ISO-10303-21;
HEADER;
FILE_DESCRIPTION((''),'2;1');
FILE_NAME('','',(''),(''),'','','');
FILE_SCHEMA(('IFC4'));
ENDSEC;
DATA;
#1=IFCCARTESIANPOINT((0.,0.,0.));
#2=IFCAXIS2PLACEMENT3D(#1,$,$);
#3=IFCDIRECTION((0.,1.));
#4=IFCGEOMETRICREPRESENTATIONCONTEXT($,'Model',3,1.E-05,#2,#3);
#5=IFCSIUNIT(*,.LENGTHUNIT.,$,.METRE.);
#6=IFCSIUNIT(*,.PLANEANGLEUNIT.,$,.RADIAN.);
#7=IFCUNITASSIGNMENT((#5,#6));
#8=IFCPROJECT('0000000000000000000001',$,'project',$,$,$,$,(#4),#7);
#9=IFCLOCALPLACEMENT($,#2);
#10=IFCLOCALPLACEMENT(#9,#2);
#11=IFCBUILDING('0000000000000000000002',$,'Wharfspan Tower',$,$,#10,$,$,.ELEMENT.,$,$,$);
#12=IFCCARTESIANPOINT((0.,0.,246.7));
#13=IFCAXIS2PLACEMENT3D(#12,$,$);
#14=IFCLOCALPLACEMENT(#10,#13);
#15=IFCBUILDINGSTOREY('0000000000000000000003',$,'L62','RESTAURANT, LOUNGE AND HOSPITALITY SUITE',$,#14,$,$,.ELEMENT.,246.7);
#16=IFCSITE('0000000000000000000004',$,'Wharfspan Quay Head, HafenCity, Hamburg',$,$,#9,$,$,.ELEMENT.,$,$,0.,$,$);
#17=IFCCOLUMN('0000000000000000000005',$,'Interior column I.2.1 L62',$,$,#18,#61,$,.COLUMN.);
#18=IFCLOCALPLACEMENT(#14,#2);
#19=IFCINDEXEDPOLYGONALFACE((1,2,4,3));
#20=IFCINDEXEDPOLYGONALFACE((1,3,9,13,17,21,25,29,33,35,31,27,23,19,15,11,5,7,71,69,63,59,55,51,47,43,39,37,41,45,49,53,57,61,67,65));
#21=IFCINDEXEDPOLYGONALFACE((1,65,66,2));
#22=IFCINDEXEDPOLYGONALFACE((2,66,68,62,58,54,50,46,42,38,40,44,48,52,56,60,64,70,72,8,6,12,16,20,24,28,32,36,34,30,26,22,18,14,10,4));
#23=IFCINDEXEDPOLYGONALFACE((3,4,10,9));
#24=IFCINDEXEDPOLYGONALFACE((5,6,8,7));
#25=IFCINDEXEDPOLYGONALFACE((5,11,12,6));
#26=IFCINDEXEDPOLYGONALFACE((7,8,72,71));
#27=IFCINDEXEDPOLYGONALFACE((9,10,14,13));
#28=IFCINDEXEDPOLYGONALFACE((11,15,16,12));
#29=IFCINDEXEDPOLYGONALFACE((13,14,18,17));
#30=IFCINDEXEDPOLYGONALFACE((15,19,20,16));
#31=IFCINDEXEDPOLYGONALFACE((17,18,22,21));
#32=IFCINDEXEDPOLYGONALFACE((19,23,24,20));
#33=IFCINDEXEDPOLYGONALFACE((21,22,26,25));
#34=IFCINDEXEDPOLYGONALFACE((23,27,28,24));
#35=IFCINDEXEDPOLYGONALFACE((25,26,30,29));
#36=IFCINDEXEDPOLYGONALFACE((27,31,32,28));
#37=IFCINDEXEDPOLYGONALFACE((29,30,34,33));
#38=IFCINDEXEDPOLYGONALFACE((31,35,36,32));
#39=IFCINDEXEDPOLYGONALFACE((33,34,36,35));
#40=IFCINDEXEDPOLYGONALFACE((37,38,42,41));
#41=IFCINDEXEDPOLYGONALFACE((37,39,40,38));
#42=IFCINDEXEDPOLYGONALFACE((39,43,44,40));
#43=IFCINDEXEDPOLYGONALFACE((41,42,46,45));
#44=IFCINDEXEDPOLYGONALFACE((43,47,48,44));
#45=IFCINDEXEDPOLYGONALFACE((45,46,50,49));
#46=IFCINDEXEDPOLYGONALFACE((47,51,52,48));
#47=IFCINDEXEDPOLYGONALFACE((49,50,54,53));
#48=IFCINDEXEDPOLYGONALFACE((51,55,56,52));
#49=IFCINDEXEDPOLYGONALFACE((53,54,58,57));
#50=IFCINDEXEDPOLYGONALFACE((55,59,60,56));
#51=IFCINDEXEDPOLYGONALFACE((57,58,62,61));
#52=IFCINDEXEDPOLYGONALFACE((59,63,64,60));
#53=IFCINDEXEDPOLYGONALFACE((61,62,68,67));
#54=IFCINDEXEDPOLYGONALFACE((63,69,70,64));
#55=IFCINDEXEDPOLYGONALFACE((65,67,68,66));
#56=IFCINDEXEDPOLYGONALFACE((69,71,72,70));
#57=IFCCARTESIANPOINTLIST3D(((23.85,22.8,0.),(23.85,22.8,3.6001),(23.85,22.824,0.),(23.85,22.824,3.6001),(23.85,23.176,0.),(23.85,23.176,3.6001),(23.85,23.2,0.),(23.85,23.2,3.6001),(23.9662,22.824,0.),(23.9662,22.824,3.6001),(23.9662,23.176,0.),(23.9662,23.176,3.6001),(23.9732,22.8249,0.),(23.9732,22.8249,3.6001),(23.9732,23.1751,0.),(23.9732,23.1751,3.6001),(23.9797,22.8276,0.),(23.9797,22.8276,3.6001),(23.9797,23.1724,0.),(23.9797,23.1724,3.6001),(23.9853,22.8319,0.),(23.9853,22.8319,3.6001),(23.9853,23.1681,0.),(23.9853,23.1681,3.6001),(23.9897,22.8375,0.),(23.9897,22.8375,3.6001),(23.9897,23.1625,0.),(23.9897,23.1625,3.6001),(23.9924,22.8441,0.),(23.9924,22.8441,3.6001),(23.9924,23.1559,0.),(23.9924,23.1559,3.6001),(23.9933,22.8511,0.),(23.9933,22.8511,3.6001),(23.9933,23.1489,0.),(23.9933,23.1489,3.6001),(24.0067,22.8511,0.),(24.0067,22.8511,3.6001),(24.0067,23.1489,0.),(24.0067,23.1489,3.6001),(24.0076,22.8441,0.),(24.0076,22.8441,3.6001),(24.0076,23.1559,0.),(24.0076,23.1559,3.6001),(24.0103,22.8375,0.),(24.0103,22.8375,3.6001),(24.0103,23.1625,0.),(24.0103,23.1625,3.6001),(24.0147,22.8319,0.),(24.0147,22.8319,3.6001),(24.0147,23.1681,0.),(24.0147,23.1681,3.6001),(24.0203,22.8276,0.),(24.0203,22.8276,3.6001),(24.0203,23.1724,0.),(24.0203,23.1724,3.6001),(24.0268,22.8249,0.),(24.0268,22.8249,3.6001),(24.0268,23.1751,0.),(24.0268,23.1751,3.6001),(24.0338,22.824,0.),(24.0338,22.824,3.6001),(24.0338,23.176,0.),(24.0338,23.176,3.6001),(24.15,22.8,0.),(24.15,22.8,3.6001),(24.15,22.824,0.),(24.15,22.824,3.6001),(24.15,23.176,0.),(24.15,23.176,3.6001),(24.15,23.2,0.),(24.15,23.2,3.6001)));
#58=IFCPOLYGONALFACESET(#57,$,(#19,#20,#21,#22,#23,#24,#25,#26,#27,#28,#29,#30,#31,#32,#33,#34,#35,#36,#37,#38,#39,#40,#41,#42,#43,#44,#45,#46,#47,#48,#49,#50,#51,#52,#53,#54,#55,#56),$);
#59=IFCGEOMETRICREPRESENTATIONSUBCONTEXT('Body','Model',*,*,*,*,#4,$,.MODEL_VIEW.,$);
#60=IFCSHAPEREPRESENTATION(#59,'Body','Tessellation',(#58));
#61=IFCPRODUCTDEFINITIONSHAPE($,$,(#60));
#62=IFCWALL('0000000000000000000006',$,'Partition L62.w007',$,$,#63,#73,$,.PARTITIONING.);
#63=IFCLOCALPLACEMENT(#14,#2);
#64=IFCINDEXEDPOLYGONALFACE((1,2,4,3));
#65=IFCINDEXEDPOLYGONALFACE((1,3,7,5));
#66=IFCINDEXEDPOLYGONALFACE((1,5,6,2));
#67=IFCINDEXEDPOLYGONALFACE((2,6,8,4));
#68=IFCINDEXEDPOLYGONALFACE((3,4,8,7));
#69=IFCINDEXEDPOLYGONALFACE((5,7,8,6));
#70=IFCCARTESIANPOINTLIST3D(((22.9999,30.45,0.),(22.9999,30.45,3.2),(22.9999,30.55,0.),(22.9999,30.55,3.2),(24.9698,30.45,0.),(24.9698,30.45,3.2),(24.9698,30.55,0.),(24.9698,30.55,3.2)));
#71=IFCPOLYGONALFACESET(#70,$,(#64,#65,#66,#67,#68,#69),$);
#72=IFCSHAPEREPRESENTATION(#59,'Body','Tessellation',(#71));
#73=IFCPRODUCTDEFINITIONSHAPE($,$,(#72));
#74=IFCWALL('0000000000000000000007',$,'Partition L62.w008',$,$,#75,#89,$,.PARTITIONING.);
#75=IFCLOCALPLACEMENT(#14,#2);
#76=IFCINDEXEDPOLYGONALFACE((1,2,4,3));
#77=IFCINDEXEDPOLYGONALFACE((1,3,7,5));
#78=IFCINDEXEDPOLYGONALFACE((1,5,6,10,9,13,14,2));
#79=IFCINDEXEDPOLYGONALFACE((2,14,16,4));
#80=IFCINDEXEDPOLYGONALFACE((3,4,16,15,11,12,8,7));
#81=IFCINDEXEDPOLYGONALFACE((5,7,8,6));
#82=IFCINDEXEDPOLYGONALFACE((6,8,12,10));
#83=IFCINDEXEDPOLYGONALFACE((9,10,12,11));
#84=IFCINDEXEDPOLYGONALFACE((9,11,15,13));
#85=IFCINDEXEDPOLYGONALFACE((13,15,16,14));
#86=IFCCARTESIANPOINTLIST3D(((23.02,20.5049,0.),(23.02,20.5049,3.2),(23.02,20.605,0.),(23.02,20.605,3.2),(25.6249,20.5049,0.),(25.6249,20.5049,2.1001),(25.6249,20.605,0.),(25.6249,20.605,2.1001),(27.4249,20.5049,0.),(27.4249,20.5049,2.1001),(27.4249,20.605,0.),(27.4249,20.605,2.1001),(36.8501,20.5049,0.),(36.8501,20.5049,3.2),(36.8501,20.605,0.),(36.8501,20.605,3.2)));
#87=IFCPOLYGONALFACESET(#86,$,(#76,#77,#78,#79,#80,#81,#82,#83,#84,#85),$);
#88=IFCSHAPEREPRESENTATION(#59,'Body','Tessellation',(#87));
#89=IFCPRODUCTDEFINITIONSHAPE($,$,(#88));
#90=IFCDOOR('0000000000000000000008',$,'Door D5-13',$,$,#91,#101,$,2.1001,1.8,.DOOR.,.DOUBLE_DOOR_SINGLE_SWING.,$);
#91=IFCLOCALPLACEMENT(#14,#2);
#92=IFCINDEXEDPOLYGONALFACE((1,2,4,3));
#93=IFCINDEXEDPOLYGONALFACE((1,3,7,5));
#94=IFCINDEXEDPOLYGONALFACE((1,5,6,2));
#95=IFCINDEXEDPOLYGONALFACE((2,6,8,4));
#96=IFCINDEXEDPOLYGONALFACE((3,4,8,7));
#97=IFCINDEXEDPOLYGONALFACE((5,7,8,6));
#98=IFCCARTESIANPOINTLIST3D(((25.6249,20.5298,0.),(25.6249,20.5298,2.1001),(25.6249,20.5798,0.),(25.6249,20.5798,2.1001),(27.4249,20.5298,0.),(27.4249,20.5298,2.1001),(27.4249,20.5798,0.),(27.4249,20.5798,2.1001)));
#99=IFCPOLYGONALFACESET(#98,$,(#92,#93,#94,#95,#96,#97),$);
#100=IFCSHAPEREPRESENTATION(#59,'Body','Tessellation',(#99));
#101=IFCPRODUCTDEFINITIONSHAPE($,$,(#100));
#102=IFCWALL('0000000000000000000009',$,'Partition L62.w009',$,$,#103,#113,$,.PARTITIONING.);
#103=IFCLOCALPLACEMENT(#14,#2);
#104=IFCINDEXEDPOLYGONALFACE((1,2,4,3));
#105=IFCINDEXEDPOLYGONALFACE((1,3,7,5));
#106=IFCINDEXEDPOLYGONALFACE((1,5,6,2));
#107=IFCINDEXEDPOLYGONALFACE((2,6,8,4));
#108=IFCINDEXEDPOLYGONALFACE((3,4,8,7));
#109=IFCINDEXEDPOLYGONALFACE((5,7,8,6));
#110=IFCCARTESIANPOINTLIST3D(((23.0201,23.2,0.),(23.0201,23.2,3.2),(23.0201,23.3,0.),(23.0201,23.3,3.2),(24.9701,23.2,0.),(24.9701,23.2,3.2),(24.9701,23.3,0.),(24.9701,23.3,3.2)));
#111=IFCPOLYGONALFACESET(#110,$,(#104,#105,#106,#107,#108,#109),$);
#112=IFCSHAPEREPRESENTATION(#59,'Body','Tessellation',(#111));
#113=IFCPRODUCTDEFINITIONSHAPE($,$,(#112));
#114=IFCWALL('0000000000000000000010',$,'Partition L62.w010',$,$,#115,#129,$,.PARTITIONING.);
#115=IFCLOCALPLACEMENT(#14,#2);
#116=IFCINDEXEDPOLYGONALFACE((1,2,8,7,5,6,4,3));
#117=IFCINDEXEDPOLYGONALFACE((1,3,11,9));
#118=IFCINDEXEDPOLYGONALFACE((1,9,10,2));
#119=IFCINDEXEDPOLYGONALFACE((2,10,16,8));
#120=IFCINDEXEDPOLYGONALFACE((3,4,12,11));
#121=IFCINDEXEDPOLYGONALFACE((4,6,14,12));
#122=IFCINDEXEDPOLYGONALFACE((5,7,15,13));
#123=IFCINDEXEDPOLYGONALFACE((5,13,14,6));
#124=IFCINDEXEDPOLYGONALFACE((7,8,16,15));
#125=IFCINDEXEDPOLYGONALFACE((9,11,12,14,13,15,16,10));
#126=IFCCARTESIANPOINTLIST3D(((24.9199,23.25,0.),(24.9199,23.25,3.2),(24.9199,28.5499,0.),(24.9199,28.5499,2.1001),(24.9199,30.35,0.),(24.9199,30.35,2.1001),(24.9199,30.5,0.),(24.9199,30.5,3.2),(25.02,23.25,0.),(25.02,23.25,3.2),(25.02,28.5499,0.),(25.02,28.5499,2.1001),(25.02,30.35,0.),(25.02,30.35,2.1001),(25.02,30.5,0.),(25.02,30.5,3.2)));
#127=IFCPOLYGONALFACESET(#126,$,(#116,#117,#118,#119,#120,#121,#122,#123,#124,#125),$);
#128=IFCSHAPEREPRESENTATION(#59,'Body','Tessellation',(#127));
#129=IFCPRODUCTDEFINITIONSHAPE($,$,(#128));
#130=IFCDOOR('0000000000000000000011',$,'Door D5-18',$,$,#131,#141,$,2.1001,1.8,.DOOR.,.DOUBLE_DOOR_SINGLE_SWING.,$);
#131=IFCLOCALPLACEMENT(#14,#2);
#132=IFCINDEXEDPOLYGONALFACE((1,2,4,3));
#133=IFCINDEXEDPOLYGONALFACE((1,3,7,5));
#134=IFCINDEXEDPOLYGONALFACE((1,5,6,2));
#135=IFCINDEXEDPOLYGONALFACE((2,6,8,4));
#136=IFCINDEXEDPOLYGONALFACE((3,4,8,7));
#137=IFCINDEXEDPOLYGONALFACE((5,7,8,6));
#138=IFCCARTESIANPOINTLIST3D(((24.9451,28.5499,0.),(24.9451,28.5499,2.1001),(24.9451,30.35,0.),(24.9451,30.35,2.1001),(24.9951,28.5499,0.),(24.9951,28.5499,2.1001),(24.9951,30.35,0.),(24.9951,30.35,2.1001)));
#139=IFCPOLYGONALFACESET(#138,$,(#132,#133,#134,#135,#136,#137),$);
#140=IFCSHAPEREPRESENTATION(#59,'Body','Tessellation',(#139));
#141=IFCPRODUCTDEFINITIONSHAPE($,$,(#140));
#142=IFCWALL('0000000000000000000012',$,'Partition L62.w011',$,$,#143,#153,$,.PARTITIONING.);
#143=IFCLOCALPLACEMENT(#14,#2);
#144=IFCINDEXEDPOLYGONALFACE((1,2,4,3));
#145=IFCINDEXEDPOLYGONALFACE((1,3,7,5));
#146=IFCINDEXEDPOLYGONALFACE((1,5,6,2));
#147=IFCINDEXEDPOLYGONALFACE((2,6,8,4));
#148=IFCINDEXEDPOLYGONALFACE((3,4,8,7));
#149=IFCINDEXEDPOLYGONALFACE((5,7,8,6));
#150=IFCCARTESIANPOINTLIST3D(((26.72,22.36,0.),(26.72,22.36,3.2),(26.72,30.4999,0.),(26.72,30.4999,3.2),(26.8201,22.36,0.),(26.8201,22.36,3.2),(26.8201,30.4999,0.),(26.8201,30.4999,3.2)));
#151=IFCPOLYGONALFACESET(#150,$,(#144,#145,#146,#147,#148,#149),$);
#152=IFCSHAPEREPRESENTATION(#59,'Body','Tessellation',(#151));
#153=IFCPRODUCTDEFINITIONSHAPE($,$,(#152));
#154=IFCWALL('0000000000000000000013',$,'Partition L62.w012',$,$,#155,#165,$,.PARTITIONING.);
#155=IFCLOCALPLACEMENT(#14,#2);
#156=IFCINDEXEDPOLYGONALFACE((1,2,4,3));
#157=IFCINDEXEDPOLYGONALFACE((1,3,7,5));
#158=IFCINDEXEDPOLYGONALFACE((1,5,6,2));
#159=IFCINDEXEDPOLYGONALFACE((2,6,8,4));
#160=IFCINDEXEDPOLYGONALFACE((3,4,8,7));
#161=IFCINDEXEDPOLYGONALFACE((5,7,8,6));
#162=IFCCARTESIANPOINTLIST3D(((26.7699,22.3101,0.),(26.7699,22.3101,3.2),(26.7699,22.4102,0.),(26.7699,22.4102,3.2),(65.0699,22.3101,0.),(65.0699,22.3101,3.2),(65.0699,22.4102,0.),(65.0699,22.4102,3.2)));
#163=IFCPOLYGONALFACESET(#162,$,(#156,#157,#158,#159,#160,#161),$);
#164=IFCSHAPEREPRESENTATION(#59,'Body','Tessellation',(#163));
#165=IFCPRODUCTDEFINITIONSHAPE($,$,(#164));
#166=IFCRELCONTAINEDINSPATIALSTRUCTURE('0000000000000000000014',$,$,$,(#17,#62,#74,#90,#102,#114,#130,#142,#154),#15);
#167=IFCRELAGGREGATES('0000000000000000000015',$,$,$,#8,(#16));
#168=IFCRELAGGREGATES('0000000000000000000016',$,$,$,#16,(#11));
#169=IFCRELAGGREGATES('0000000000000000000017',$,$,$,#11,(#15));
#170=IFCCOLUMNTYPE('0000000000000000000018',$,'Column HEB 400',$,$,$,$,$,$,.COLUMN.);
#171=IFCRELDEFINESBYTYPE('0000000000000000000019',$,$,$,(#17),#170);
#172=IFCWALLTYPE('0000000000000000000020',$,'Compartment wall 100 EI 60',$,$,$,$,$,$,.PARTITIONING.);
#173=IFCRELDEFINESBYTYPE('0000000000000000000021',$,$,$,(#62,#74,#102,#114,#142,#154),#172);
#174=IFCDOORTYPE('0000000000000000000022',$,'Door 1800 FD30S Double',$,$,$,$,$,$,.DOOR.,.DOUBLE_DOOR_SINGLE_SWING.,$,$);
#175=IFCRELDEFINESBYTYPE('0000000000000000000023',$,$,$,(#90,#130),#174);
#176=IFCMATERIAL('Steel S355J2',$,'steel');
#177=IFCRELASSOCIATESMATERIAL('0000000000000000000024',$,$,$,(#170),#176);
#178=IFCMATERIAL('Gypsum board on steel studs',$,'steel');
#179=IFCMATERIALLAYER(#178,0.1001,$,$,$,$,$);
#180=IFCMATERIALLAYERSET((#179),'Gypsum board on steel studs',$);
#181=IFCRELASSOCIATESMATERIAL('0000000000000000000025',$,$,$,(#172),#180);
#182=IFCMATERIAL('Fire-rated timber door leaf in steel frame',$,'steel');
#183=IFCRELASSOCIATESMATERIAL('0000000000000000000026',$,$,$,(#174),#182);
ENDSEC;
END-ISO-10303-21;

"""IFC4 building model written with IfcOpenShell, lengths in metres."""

from ifc_helpers import new_model, si_unit, direction, frame, frame_2d, origin, origin_2d, place, context, subcontext, project, spatial, rectangle, i_section, extrude, material, layer, layer_set, material_profile, profile_set, type_object, element, fill, save


model = new_model("IFC4")

# Units and contexts
model_context = context("Model", 3, precision=1e-05, world=origin(), true_north=direction((0.0, 1.0)))
body_context = subcontext(model_context, "Body", "Model", "MODEL_VIEW")
ifc_project = project(units=[si_unit("LENGTHUNIT", "METRE"), si_unit("PLANEANGLEUNIT", "RADIAN")], contexts=[model_context])

# Site, building, storey
site_placement = place(None, origin())
site = spatial("IfcSite", under=ifc_project, at=site_placement, Name="Wharfspan Quay Head, HafenCity, Hamburg", CompositionType="ELEMENT", RefElevation=0.0)
building_placement = place(site_placement, origin())
building = spatial("IfcBuilding", under=site, at=building_placement, Name="Wharfspan Tower", CompositionType="ELEMENT")
storey_placement = place(building_placement, frame((0.0, 0.0, 246.7)))
storey = spatial("IfcBuildingStorey", under=building, at=storey_placement, Name="L62", Description="RESTAURANT, LOUNGE AND HOSPITALITY SUITE", CompositionType="ELEMENT", Elevation=246.7)

# Column
ifc_material_1 = material(Name="Steel S355J2", Category="steel")
ifc_material_profile = material_profile(ifc_material_1, i_section(OverallWidth=0.3, OverallDepth=0.3999, WebThickness=0.0134, FlangeThickness=0.0239, FilletRadius=0.0271, at=origin_2d()))
ifc_profile_set = profile_set([ifc_material_profile], Name="Steel S355J2")
column_type = type_object("IfcColumnType", Name="Column HEB 400", PredefinedType="COLUMN", material=ifc_profile_set)
column_placement = place(storey_placement, frame((24.0, 23.0, 0.0), z_axis=(0.0, 0.0, 1.0), x_axis=(1.0, 0.0, 0.0)))
element("IfcColumn", 1, at=column_placement, inside=storey, type_object=column_type, Name="Interior column I.2.1 L62", PredefinedType="COLUMN", context=body_context, shape_type="SweptSolid", body=[
    extrude(i_section(OverallWidth=0.3, OverallDepth=0.3999, WebThickness=0.0134, FlangeThickness=0.0239, FilletRadius=0.0271, at=origin_2d()), origin(), (0.0, 0.0, 1.0), 3.6001),
])

# Wall
ifc_material_2 = material(Name="Gypsum board on steel studs", Category="steel")
ifc_layer_1 = layer(ifc_material_2, 0.1001)
ifc_layer_set_1 = layer_set([ifc_layer_1], Name="Gypsum board on steel studs")
wall_type_1 = type_object("IfcWallType", Name="Compartment wall 100 EI 60", PredefinedType="PARTITIONING", material=ifc_layer_set_1)
wall_1_placement = place(storey_placement, frame((23.0, 30.5, 0.0), z_axis=(0.0, 0.0, 1.0), x_axis=(1.0, 0.0, 0.0)))
element("IfcWall", 2, at=wall_1_placement, inside=storey, type_object=wall_type_1, Name="Partition L62.w007", PredefinedType="PARTITIONING", context=body_context, shape_type="SweptSolid", body=[
    extrude(rectangle(XDim=1.97, YDim=0.1001, at=frame_2d((0.9849, 0.0))), origin(), (0.0, 0.0, 1.0), 3.2),
])

# Wall, opening, door
wall_2_placement = place(storey_placement, frame((23.02, 20.5549, 0.0), z_axis=(0.0, 0.0, 1.0), x_axis=(1.0, 0.0, 0.0)))
wall_2 = element("IfcWall", 3, at=wall_2_placement, inside=storey, type_object=wall_type_1, Name="Partition L62.w008", PredefinedType="PARTITIONING", context=body_context, shape_type="SweptSolid", body=[
    extrude(rectangle(XDim=13.8301, YDim=0.1001, at=frame_2d((6.915, 0.0))), origin(), (0.0, 0.0, 1.0), 3.2),
])
opening_1_placement = place(wall_2_placement, frame((2.605, 0.0, 0.0)))
opening_1 = element("IfcOpeningElement", 4, at=opening_1_placement, cuts=wall_2, PredefinedType="OPENING", context=body_context, shape_type="SweptSolid", body=[
    extrude(rectangle(XDim=1.8, YDim=2.1001, at=frame_2d((0.8999, 1.05))), frame((0.0, 0.0601, 0.0), z_axis=(0.0, -1.0, 0.0), x_axis=(1.0, 0.0, 0.0)), (0.0, 0.0, 1.0), 0.1201),
])
ifc_material_3 = material(Name="Fire-rated timber door leaf in steel frame", Category="steel")
door_type_1 = type_object("IfcDoorType", Name="Door 1800 FD30S Double", OperationType="DOUBLE_DOOR_SINGLE_SWING", PredefinedType="DOOR", material=ifc_material_3)
door_1_placement = place(opening_1_placement, origin())
door_1 = element("IfcDoor", 5, at=door_1_placement, inside=storey, type_object=door_type_1, Name="Door D5-13", OperationType="DOUBLE_DOOR_SINGLE_SWING", OverallHeight=2.1001, OverallWidth=1.8, PredefinedType="DOOR", context=body_context, shape_type="SweptSolid", body=[
    extrude(rectangle(XDim=1.8, YDim=2.1001, at=frame_2d((0.8999, 1.05))), frame((0.0, 0.0249, 0.0), z_axis=(0.0, -1.0, 0.0), x_axis=(1.0, 0.0, 0.0)), (0.0, 0.0, 1.0), 0.05),
])
fill(opening_1, door_1)

# Wall
wall_3_placement = place(storey_placement, frame((23.02, 23.25, 0.0), z_axis=(0.0, 0.0, 1.0), x_axis=(1.0, 0.0, 0.0)))
element("IfcWall", 6, at=wall_3_placement, inside=storey, type_object=wall_type_1, Name="Partition L62.w009", PredefinedType="PARTITIONING", context=body_context, shape_type="SweptSolid", body=[
    extrude(rectangle(XDim=1.95, YDim=0.1001, at=frame_2d((0.9751, 0.0))), origin(), (0.0, 0.0, 1.0), 3.2),
])

# Wall, opening, door
wall_4_placement = place(storey_placement, frame((24.97, 23.25, 0.0), z_axis=(0.0, 0.0, 1.0), x_axis=(0.0, 1.0, 0.0)))
wall_4 = element("IfcWall", 7, at=wall_4_placement, inside=storey, type_object=wall_type_1, Name="Partition L62.w010", PredefinedType="PARTITIONING", context=body_context, shape_type="SweptSolid", body=[
    extrude(rectangle(XDim=7.25, YDim=0.1001, at=frame_2d((3.625, 0.0))), origin(), (0.0, 0.0, 1.0), 3.2),
])
opening_2_placement = place(wall_4_placement, frame((5.3, 0.0, 0.0)))
opening_2 = element("IfcOpeningElement", 8, at=opening_2_placement, cuts=wall_4, PredefinedType="OPENING", context=body_context, shape_type="SweptSolid", body=[
    extrude(rectangle(XDim=1.8, YDim=2.1001, at=frame_2d((0.8999, 1.05))), frame((0.0, 0.0601, 0.0), z_axis=(0.0, -1.0, 0.0), x_axis=(1.0, 0.0, 0.0)), (0.0, 0.0, 1.0), 0.1201),
])
door_2_placement = place(opening_2_placement, origin())
door_2 = element("IfcDoor", 9, at=door_2_placement, inside=storey, type_object=door_type_1, Name="Door D5-18", OperationType="DOUBLE_DOOR_SINGLE_SWING", OverallHeight=2.1001, OverallWidth=1.8, PredefinedType="DOOR", context=body_context, shape_type="SweptSolid", body=[
    extrude(rectangle(XDim=1.8, YDim=2.1001, at=frame_2d((0.8999, 1.05))), frame((0.0, 0.0249, 0.0), z_axis=(0.0, -1.0, 0.0), x_axis=(1.0, 0.0, 0.0)), (0.0, 0.0, 1.0), 0.05),
])
fill(opening_2, door_2)

# Walls
wall_5_placement = place(storey_placement, frame((26.77, 22.3601, 0.0), z_axis=(0.0, 0.0, 1.0), x_axis=(0.0, 1.0, 0.0)))
element("IfcWall", 10, at=wall_5_placement, inside=storey, type_object=wall_type_1, Name="Partition L62.w011", PredefinedType="PARTITIONING", context=body_context, shape_type="SweptSolid", body=[
    extrude(rectangle(XDim=8.1399, YDim=0.1001, at=frame_2d((4.0698, 0.0))), origin(), (0.0, 0.0, 1.0), 3.2),
])
wall_6_placement = place(storey_placement, frame((26.77, 22.3601, 0.0), z_axis=(0.0, 0.0, 1.0), x_axis=(1.0, 0.0, 0.0)))
element("IfcWall", 11, at=wall_6_placement, inside=storey, type_object=wall_type_1, Name="Partition L62.w012", PredefinedType="PARTITIONING", context=body_context, shape_type="SweptSolid", body=[
    extrude(rectangle(XDim=38.3, YDim=0.1001, at=frame_2d((19.1499, 0.0))), origin(), (0.0, 0.0, 1.0), 3.2),
])

save(model, "model.ifc")
